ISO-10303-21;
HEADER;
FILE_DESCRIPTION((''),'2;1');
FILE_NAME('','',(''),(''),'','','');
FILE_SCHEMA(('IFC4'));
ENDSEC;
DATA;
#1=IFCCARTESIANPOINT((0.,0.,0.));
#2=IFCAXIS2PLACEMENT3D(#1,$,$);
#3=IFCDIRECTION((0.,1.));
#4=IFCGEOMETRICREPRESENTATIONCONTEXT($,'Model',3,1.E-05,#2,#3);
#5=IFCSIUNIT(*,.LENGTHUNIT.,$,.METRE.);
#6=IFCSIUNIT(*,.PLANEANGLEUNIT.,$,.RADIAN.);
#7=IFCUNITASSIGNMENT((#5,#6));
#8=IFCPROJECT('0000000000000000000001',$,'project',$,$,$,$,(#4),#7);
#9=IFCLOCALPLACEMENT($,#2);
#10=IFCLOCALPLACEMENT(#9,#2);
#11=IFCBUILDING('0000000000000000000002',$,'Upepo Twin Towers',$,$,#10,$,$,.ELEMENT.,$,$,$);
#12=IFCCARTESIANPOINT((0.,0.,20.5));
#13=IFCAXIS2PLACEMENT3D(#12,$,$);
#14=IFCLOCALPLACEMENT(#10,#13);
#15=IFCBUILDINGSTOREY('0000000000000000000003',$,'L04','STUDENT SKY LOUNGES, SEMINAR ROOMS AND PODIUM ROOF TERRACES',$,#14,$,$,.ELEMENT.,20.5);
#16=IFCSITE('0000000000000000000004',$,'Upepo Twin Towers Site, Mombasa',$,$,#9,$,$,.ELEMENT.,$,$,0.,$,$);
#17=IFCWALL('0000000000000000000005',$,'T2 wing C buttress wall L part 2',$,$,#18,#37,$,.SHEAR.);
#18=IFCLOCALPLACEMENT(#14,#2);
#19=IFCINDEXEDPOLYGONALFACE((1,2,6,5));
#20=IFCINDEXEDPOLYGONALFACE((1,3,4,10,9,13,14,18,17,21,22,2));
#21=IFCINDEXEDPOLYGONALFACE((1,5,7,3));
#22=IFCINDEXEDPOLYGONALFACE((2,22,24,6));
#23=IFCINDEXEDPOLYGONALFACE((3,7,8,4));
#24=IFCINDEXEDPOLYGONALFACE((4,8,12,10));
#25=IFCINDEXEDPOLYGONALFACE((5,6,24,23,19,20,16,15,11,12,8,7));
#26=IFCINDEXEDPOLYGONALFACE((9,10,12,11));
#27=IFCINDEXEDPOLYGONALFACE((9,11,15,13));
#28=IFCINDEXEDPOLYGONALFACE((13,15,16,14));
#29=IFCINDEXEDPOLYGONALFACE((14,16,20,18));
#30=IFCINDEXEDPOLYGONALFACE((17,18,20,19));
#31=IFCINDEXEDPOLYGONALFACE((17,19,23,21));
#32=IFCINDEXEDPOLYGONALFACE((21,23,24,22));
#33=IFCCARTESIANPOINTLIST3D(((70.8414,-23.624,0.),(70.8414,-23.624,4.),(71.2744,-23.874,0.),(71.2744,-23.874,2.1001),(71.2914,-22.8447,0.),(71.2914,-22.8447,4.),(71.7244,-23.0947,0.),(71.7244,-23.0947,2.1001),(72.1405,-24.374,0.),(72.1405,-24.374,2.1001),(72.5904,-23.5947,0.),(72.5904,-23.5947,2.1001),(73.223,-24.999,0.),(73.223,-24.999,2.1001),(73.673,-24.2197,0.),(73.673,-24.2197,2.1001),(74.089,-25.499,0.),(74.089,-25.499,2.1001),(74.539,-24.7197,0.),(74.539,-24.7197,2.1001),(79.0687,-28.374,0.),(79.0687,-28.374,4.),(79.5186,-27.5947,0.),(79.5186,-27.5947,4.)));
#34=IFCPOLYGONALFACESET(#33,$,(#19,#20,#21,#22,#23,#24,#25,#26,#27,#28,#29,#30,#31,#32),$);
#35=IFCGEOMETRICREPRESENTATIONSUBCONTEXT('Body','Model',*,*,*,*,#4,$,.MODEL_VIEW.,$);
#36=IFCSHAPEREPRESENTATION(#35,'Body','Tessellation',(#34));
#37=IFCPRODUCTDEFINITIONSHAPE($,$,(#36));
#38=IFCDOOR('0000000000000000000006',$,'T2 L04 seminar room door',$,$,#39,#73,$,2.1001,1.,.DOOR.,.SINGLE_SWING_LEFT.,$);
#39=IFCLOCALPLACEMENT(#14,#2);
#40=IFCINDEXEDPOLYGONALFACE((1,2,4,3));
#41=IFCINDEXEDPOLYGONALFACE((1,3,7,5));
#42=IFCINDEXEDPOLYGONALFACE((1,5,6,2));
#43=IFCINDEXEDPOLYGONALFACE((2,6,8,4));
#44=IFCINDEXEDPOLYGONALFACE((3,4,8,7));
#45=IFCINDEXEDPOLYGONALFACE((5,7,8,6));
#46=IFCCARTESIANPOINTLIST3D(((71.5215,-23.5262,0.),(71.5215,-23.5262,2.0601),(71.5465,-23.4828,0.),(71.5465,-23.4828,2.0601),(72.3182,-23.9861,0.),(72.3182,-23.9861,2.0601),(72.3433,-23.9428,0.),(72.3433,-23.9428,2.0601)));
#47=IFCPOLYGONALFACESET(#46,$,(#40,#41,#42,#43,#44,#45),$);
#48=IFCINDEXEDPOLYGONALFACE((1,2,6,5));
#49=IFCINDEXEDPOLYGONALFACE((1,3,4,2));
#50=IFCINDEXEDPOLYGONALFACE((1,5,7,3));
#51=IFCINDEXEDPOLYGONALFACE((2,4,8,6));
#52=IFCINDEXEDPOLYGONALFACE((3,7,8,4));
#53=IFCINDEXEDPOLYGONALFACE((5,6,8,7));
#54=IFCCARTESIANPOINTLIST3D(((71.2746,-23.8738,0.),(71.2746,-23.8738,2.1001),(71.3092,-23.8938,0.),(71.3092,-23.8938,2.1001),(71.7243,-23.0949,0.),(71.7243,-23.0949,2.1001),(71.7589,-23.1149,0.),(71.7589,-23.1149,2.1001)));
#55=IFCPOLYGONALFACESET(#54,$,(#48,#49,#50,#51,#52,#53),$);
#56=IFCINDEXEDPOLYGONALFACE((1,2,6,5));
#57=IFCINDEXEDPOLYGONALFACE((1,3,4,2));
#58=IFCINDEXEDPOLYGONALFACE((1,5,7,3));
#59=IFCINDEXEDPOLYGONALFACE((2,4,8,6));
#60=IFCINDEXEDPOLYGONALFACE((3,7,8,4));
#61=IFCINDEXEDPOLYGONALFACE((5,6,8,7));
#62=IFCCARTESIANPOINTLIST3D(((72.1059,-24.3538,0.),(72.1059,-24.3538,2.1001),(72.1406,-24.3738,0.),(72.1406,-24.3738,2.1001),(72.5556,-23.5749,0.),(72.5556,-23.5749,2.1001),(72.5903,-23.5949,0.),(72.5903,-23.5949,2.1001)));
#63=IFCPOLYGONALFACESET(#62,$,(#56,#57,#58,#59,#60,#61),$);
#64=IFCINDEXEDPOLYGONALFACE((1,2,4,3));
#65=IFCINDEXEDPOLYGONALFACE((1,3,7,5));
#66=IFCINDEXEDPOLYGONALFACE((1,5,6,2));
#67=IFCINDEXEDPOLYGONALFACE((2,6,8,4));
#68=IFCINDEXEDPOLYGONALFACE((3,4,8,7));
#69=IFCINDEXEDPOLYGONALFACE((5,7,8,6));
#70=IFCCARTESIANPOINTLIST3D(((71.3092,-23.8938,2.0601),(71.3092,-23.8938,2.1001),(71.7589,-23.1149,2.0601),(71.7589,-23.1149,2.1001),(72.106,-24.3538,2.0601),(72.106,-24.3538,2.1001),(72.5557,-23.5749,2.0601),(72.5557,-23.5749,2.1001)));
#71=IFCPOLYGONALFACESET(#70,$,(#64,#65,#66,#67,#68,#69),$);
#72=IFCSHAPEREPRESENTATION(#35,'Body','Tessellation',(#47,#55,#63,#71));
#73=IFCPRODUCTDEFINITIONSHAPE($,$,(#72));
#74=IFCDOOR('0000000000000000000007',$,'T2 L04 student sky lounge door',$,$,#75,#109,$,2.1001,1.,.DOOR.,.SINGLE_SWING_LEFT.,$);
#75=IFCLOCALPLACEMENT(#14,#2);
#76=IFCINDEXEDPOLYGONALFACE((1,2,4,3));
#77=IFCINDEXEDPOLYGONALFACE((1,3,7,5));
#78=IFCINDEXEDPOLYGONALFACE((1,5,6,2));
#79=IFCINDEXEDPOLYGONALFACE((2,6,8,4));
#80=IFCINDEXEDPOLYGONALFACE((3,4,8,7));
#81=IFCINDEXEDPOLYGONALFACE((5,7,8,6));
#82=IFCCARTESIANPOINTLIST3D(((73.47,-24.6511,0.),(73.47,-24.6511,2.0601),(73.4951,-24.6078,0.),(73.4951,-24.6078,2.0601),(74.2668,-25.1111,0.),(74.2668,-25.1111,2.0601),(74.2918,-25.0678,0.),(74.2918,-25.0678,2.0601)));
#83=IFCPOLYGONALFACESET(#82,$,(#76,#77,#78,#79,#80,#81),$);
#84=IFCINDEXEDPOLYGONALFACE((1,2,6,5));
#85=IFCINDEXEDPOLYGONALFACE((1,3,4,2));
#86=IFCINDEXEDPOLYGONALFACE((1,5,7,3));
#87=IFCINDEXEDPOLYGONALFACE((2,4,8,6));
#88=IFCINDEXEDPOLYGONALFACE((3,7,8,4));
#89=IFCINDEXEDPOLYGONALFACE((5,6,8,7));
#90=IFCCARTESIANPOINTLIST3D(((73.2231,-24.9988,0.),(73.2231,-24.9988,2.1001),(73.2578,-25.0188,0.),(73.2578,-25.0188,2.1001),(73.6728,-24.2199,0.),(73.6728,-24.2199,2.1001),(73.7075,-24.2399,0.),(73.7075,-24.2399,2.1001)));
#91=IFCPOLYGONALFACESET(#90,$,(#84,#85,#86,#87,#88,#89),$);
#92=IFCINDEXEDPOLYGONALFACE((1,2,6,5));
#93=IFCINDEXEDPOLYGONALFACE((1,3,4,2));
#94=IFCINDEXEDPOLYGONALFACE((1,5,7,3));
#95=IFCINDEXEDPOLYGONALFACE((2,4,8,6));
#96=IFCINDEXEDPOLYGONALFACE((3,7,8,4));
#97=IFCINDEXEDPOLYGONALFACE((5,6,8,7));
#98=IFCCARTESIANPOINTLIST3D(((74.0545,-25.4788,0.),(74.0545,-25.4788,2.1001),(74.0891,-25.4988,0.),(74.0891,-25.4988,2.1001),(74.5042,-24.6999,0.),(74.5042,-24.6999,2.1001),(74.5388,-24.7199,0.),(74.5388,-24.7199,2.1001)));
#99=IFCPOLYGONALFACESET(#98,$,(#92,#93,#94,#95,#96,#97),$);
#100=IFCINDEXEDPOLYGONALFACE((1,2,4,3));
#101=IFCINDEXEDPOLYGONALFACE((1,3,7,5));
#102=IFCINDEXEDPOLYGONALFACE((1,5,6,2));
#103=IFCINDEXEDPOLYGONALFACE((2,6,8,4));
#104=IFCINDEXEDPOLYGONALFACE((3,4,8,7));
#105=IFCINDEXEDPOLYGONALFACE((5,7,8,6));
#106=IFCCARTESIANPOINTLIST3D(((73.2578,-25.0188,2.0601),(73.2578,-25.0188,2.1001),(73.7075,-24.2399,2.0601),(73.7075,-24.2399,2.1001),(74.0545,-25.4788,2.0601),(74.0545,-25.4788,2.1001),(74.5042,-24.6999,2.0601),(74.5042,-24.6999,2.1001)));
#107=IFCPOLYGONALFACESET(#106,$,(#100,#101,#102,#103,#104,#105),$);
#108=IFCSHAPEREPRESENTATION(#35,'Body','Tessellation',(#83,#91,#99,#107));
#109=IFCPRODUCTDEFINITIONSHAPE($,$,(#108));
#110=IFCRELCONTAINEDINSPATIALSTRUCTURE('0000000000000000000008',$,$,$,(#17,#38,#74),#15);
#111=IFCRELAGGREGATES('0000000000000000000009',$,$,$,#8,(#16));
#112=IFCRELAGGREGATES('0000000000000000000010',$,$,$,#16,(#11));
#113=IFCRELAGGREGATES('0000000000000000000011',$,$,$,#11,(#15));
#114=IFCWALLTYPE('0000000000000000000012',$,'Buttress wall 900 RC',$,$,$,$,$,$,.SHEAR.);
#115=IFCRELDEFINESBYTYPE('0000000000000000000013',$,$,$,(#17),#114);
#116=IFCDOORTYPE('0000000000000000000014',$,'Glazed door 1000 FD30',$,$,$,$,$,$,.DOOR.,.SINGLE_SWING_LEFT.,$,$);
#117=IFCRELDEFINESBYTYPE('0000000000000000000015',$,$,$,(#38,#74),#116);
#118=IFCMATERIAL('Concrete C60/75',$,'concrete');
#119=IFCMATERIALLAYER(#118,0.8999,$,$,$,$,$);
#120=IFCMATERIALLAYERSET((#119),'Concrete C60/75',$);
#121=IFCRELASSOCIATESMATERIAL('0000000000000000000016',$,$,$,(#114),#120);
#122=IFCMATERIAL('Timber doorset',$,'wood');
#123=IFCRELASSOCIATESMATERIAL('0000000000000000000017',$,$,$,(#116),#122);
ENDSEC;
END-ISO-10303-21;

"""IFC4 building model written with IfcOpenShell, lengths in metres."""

from ifc_helpers import new_model, si_unit, direction, frame, frame_2d, origin, place, context, subcontext, project, spatial, rectangle, extrude, material, layer, layer_set, type_object, element, fill, save


model = new_model("IFC4")

# Units and contexts
model_context = context("Model", 3, precision=1e-05, world=origin(), true_north=direction((0.0, 1.0)))
body_context = subcontext(model_context, "Body", "Model", "MODEL_VIEW")
ifc_project = project(units=[si_unit("LENGTHUNIT", "METRE"), si_unit("PLANEANGLEUNIT", "RADIAN")], contexts=[model_context])

# Site, building, storey
site_placement = place(None, origin())
site = spatial("IfcSite", under=ifc_project, at=site_placement, Name="Upepo Twin Towers Site, Mombasa", CompositionType="ELEMENT", RefElevation=0.0)
building_placement = place(site_placement, origin())
building = spatial("IfcBuilding", under=site, at=building_placement, Name="Upepo Twin Towers", CompositionType="ELEMENT")
storey_placement = place(building_placement, frame((0.0, 0.0, 20.5)))
storey = spatial("IfcBuildingStorey", under=building, at=storey_placement, Name="L04", Description="STUDENT SKY LOUNGES, SEMINAR ROOMS AND PODIUM ROOF TERRACES", CompositionType="ELEMENT", Elevation=20.5)

# Wall, openings, doors
ifc_material_1 = material(Name="Concrete C60/75", Category="concrete")
ifc_layer_1 = layer(ifc_material_1, 0.8999)
ifc_layer_set_1 = layer_set([ifc_layer_1], Name="Concrete C60/75")
wall_type_1 = type_object("IfcWallType", Name="Buttress wall 900 RC", PredefinedType="SHEAR", material=ifc_layer_set_1)
wall_1_placement = place(storey_placement, frame((71.0664, -23.2344, 0.0), z_axis=(0.0, 0.0, 1.0), x_axis=(0.866027, -0.499998, 0.0)))
wall_1 = element("IfcWall", 1, at=wall_1_placement, inside=storey, type_object=wall_type_1, Name="T2 wing C buttress wall L part 2", PredefinedType="SHEAR", context=body_context, shape_type="SweptSolid", body=[
    extrude(rectangle(XDim=9.5, YDim=0.8999, at=frame_2d((4.75, 0.0))), origin(), (0.0, 0.0, 1.0), 4.0),
])
opening_1_placement = place(wall_1_placement, frame((0.5, 0.0, 0.0)))
opening_1 = element("IfcOpeningElement", 2, at=opening_1_placement, cuts=wall_1, PredefinedType="OPENING", context=body_context, shape_type="SweptSolid", body=[
    extrude(rectangle(XDim=1.0, YDim=2.1001, at=frame_2d((0.5, 1.05))), frame((0.0, 0.46, 0.0), z_axis=(0.0, -1.0, 0.0), x_axis=(1.0, 0.0, 0.0)), (0.0, 0.0, 1.0), 0.9199),
])
opening_2_placement = place(wall_1_placement, frame((2.75, 0.0, 0.0)))
opening_2 = element("IfcOpeningElement", 3, at=opening_2_placement, cuts=wall_1, PredefinedType="OPENING", context=body_context, shape_type="SweptSolid", body=[
    extrude(rectangle(XDim=1.0, YDim=2.1001, at=frame_2d((0.5, 1.05))), frame((0.0, 0.46, 0.0), z_axis=(0.0, -1.0, 0.0), x_axis=(1.0, 0.0, 0.0)), (0.0, 0.0, 1.0), 0.9199),
])
ifc_material_2 = material(Name="Timber doorset", Category="wood")
door_type = type_object("IfcDoorType", Name="Glazed door 1000 FD30", OperationType="SINGLE_SWING_LEFT", PredefinedType="DOOR", material=ifc_material_2)
door_1_placement = place(opening_1_placement, origin())
door_1 = element("IfcDoor", 4, at=door_1_placement, inside=storey, type_object=door_type, Name="T2 L04 seminar room door", OperationType="SINGLE_SWING_LEFT", OverallHeight=2.1001, OverallWidth=1.0, PredefinedType="DOOR", context=body_context, shape_type="SweptSolid", body=[
    extrude(rectangle(XDim=0.92, YDim=2.0601, at=frame_2d((0.5, 1.03))), frame((0.0, 0.0249, 0.0), z_axis=(0.0, -1.0, 0.0), x_axis=(1.0, 0.0, 0.0)), (0.0, 0.0, 1.0), 0.05),
    extrude(rectangle(XDim=0.04, YDim=2.1001, at=frame_2d((0.02, 1.05))), frame((0.0, 0.4497, 0.0), z_axis=(0.0, -1.0, 0.0), x_axis=(1.0, 0.0, 0.0)), (0.0, 0.0, 1.0), 0.8994),
    extrude(rectangle(XDim=0.04, YDim=2.1001, at=frame_2d((0.98, 1.05))), frame((0.0, 0.4497, 0.0), z_axis=(0.0, -1.0, 0.0), x_axis=(1.0, 0.0, 0.0)), (0.0, 0.0, 1.0), 0.8994),
    extrude(rectangle(XDim=0.92, YDim=0.04, at=frame_2d((0.5, 2.0801))), frame((0.0, 0.4497, 0.0), z_axis=(0.0, -1.0, 0.0), x_axis=(1.0, 0.0, 0.0)), (0.0, 0.0, 1.0), 0.8994),
])
fill(opening_1, door_1)
door_2_placement = place(opening_2_placement, origin())
door_2 = element("IfcDoor", 5, at=door_2_placement, inside=storey, type_object=door_type, Name="T2 L04 student sky lounge door", OperationType="SINGLE_SWING_LEFT", OverallHeight=2.1001, OverallWidth=1.0, PredefinedType="DOOR", context=body_context, shape_type="SweptSolid", body=[
    extrude(rectangle(XDim=0.92, YDim=2.0601, at=frame_2d((0.5, 1.03))), frame((0.0, 0.0249, 0.0), z_axis=(0.0, -1.0, 0.0), x_axis=(1.0, 0.0, 0.0)), (0.0, 0.0, 1.0), 0.05),
    extrude(rectangle(XDim=0.04, YDim=2.1001, at=frame_2d((0.02, 1.05))), frame((0.0, 0.4497, 0.0), z_axis=(0.0, -1.0, 0.0), x_axis=(1.0, 0.0, 0.0)), (0.0, 0.0, 1.0), 0.8994),
    extrude(rectangle(XDim=0.04, YDim=2.1001, at=frame_2d((0.98, 1.05))), frame((0.0, 0.4497, 0.0), z_axis=(0.0, -1.0, 0.0), x_axis=(1.0, 0.0, 0.0)), (0.0, 0.0, 1.0), 0.8994),
    extrude(rectangle(XDim=0.92, YDim=0.04, at=frame_2d((0.5, 2.0801))), frame((0.0, 0.4497, 0.0), z_axis=(0.0, -1.0, 0.0), x_axis=(1.0, 0.0, 0.0)), (0.0, 0.0, 1.0), 0.8994),
])
fill(opening_2, door_2)

save(model, "model.ifc")
